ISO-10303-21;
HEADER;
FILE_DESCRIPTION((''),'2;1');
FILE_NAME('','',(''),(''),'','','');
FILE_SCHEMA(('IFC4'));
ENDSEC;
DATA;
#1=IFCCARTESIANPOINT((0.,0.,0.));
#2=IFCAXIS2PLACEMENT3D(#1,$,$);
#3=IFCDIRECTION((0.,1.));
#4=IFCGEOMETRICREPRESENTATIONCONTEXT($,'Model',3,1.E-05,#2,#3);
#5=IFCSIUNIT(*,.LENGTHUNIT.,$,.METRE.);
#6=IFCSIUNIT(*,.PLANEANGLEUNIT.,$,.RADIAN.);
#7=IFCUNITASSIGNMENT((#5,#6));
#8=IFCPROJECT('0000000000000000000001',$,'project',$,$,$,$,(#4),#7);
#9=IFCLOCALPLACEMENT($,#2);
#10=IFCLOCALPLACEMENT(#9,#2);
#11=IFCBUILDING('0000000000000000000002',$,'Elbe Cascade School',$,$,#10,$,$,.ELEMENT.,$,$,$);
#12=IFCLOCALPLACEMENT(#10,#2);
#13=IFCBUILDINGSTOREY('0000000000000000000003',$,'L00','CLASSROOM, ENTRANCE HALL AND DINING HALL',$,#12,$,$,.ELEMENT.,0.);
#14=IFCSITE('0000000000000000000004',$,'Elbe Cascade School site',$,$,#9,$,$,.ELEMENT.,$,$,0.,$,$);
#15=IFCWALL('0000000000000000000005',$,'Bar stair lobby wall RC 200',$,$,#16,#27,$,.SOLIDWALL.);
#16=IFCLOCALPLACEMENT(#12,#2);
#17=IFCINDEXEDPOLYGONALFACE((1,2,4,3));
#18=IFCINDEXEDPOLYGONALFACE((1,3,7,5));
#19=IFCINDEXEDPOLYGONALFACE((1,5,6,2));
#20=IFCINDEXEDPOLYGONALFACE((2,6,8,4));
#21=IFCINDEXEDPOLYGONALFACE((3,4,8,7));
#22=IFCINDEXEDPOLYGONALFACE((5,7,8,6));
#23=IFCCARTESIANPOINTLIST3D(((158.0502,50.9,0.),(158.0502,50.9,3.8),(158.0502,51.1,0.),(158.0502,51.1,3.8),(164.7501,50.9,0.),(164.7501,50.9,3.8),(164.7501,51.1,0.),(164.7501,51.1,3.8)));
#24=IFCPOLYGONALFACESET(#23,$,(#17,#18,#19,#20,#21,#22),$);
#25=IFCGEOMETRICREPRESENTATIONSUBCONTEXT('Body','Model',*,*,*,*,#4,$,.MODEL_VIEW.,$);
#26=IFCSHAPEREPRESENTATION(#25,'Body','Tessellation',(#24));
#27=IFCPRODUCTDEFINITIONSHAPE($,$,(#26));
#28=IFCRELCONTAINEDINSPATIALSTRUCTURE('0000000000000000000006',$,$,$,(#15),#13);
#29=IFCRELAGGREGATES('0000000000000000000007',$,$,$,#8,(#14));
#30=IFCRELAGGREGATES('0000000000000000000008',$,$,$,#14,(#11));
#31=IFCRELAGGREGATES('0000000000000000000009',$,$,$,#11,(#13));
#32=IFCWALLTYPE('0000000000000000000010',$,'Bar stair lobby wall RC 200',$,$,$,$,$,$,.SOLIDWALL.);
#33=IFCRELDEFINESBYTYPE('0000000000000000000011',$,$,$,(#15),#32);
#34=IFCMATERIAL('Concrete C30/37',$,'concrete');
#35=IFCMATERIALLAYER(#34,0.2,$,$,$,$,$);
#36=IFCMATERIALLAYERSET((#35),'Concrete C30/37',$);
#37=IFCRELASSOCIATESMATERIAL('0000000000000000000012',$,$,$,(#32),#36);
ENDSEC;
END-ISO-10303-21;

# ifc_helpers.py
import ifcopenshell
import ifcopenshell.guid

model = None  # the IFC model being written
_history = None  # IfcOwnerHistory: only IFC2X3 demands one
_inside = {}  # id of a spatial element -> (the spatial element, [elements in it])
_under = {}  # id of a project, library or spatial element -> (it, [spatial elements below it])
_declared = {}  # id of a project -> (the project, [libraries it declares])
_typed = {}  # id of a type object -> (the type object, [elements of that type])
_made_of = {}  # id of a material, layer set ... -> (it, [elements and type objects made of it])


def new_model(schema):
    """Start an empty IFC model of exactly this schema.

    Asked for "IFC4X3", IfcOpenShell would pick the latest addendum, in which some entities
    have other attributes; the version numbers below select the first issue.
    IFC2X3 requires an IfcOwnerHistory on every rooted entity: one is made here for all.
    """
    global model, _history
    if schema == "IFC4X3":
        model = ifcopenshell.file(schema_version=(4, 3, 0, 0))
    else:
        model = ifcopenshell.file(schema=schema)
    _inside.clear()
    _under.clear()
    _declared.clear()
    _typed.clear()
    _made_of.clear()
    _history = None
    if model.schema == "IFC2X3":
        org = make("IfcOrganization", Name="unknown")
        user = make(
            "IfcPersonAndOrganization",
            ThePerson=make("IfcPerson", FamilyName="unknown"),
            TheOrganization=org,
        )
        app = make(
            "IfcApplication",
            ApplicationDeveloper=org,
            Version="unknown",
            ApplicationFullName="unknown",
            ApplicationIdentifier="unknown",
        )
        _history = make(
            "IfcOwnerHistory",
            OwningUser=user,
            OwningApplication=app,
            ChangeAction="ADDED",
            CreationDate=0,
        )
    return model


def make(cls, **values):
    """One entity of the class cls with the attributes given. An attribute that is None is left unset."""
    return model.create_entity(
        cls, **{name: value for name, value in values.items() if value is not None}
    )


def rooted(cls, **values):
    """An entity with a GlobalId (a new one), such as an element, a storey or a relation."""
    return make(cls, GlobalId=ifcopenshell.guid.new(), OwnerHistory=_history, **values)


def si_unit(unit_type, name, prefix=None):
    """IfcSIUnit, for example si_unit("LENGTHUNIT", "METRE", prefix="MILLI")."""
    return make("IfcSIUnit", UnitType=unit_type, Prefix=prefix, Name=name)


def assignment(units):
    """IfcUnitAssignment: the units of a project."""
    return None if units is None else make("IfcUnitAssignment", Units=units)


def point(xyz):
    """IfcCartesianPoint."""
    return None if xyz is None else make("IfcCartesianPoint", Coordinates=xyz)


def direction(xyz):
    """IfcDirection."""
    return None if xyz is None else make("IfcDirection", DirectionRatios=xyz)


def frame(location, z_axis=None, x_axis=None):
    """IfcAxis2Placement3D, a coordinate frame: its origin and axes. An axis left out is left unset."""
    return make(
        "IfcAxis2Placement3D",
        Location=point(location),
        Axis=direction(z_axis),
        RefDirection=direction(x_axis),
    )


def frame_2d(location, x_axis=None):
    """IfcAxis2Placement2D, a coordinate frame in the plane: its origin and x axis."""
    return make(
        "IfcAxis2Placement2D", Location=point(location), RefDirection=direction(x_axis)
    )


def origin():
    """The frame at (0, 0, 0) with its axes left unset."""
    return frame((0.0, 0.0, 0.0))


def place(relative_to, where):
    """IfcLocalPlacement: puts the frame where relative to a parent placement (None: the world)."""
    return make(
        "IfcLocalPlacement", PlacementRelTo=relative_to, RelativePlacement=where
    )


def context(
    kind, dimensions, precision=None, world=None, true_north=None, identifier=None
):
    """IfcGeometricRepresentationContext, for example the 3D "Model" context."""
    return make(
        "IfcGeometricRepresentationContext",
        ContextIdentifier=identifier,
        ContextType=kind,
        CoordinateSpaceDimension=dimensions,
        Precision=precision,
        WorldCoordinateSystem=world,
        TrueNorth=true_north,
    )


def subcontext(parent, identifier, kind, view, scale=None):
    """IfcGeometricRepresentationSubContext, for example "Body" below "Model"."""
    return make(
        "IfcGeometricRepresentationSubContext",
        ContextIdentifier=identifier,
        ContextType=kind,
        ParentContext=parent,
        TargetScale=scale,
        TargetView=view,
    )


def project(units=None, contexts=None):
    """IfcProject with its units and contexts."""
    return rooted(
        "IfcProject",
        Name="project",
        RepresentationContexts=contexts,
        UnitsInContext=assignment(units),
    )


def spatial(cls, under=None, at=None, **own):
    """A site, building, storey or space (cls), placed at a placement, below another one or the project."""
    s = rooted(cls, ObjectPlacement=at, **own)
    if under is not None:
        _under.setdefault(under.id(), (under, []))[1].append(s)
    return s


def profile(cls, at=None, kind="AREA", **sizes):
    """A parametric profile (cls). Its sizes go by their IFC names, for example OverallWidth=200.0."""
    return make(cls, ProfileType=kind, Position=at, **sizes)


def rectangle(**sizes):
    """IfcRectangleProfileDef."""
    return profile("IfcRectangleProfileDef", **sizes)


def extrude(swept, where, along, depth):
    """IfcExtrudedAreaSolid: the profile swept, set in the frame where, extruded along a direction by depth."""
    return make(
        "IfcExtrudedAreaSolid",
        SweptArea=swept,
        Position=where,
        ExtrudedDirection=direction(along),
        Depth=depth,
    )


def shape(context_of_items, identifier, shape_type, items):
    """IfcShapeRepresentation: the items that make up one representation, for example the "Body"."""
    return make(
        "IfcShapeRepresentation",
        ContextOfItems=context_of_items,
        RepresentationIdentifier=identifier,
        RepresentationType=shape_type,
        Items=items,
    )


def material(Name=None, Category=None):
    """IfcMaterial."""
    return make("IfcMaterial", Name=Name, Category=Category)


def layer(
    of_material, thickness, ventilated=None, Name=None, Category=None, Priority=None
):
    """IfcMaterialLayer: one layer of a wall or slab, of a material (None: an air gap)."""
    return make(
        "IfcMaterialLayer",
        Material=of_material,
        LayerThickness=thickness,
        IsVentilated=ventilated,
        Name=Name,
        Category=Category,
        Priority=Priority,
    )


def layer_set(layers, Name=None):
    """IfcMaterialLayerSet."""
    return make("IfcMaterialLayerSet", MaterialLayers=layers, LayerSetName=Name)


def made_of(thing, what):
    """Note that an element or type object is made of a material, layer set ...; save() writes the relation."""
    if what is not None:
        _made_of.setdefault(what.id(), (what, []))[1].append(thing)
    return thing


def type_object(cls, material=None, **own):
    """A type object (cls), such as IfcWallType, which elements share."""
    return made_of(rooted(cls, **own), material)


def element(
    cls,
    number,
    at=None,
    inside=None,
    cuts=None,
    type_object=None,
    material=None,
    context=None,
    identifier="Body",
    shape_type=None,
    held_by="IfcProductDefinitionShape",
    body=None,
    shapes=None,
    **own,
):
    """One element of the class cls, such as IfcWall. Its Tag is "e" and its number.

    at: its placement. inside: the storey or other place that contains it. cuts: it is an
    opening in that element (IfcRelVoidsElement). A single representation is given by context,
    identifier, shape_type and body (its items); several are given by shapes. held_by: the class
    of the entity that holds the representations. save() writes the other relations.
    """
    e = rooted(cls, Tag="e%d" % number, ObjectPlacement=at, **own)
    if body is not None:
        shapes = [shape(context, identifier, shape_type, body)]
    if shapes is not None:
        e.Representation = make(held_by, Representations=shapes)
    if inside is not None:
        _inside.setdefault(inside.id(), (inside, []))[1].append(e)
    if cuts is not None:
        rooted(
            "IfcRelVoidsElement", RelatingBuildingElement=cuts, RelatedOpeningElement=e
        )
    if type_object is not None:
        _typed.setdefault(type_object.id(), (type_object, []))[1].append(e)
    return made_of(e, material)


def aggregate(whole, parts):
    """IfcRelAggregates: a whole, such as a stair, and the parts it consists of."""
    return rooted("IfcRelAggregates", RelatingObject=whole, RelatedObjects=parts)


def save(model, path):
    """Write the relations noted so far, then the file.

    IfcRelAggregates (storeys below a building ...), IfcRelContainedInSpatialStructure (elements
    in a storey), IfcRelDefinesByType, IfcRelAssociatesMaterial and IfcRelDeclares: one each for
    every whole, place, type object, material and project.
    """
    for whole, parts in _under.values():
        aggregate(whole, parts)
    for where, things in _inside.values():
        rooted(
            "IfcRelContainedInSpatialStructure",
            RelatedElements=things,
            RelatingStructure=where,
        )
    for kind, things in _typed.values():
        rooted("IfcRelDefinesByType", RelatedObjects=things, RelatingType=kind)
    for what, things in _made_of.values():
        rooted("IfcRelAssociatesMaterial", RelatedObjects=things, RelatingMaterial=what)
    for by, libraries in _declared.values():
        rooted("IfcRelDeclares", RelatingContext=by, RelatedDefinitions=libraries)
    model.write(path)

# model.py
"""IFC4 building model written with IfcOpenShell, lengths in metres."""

from ifc_helpers import new_model, si_unit, direction, frame, frame_2d, origin, place, context, subcontext, project, spatial, rectangle, extrude, material, layer, layer_set, type_object, element, save


model = new_model("IFC4")

# Units and contexts
model_context = context("Model", 3, precision=1e-05, world=origin(), true_north=direction((0.0, 1.0)))
body_context = subcontext(model_context, "Body", "Model", "MODEL_VIEW")
ifc_project = project(units=[si_unit("LENGTHUNIT", "METRE"), si_unit("PLANEANGLEUNIT", "RADIAN")], contexts=[model_context])

# Site, building, storey
site_placement = place(None, origin())
site = spatial("IfcSite", under=ifc_project, at=site_placement, Name="Elbe Cascade School site", CompositionType="ELEMENT", RefElevation=0.0)
building_placement = place(site_placement, origin())
building = spatial("IfcBuilding", under=site, at=building_placement, Name="Elbe Cascade School", CompositionType="ELEMENT")
storey_placement = place(building_placement, origin())
storey = spatial("IfcBuildingStorey", under=building, at=storey_placement, Name="L00", Description="CLASSROOM, ENTRANCE HALL AND DINING HALL", CompositionType="ELEMENT", Elevation=0.0)

# Shared definitions
ifc_material_1 = material(Name="Concrete C30/37", Category="concrete")
ifc_layer_1 = layer(ifc_material_1, 0.2)
ifc_layer_set_1 = layer_set([ifc_layer_1], Name="Concrete C30/37")
wall_type_1 = type_object("IfcWallType", Name="Bar stair lobby wall RC 200", PredefinedType="SOLIDWALL", material=ifc_layer_set_1)

# Wall
wall_1_placement = place(storey_placement, frame((158.05, 51.0, 0.0), z_axis=(0.0, 0.0, 1.0), x_axis=(1.0, 0.0, 0.0)))
element("IfcWall", 1, at=wall_1_placement, inside=storey, type_object=wall_type_1, Name="Bar stair lobby wall RC 200", PredefinedType="SOLIDWALL", context=body_context, shape_type="SweptSolid", body=[
    extrude(rectangle(XDim=6.7, YDim=0.2, at=frame_2d((3.3501, 0.0))), origin(), (0.0, 0.0, 1.0), 3.8),
])

save(model, "model.ifc")
